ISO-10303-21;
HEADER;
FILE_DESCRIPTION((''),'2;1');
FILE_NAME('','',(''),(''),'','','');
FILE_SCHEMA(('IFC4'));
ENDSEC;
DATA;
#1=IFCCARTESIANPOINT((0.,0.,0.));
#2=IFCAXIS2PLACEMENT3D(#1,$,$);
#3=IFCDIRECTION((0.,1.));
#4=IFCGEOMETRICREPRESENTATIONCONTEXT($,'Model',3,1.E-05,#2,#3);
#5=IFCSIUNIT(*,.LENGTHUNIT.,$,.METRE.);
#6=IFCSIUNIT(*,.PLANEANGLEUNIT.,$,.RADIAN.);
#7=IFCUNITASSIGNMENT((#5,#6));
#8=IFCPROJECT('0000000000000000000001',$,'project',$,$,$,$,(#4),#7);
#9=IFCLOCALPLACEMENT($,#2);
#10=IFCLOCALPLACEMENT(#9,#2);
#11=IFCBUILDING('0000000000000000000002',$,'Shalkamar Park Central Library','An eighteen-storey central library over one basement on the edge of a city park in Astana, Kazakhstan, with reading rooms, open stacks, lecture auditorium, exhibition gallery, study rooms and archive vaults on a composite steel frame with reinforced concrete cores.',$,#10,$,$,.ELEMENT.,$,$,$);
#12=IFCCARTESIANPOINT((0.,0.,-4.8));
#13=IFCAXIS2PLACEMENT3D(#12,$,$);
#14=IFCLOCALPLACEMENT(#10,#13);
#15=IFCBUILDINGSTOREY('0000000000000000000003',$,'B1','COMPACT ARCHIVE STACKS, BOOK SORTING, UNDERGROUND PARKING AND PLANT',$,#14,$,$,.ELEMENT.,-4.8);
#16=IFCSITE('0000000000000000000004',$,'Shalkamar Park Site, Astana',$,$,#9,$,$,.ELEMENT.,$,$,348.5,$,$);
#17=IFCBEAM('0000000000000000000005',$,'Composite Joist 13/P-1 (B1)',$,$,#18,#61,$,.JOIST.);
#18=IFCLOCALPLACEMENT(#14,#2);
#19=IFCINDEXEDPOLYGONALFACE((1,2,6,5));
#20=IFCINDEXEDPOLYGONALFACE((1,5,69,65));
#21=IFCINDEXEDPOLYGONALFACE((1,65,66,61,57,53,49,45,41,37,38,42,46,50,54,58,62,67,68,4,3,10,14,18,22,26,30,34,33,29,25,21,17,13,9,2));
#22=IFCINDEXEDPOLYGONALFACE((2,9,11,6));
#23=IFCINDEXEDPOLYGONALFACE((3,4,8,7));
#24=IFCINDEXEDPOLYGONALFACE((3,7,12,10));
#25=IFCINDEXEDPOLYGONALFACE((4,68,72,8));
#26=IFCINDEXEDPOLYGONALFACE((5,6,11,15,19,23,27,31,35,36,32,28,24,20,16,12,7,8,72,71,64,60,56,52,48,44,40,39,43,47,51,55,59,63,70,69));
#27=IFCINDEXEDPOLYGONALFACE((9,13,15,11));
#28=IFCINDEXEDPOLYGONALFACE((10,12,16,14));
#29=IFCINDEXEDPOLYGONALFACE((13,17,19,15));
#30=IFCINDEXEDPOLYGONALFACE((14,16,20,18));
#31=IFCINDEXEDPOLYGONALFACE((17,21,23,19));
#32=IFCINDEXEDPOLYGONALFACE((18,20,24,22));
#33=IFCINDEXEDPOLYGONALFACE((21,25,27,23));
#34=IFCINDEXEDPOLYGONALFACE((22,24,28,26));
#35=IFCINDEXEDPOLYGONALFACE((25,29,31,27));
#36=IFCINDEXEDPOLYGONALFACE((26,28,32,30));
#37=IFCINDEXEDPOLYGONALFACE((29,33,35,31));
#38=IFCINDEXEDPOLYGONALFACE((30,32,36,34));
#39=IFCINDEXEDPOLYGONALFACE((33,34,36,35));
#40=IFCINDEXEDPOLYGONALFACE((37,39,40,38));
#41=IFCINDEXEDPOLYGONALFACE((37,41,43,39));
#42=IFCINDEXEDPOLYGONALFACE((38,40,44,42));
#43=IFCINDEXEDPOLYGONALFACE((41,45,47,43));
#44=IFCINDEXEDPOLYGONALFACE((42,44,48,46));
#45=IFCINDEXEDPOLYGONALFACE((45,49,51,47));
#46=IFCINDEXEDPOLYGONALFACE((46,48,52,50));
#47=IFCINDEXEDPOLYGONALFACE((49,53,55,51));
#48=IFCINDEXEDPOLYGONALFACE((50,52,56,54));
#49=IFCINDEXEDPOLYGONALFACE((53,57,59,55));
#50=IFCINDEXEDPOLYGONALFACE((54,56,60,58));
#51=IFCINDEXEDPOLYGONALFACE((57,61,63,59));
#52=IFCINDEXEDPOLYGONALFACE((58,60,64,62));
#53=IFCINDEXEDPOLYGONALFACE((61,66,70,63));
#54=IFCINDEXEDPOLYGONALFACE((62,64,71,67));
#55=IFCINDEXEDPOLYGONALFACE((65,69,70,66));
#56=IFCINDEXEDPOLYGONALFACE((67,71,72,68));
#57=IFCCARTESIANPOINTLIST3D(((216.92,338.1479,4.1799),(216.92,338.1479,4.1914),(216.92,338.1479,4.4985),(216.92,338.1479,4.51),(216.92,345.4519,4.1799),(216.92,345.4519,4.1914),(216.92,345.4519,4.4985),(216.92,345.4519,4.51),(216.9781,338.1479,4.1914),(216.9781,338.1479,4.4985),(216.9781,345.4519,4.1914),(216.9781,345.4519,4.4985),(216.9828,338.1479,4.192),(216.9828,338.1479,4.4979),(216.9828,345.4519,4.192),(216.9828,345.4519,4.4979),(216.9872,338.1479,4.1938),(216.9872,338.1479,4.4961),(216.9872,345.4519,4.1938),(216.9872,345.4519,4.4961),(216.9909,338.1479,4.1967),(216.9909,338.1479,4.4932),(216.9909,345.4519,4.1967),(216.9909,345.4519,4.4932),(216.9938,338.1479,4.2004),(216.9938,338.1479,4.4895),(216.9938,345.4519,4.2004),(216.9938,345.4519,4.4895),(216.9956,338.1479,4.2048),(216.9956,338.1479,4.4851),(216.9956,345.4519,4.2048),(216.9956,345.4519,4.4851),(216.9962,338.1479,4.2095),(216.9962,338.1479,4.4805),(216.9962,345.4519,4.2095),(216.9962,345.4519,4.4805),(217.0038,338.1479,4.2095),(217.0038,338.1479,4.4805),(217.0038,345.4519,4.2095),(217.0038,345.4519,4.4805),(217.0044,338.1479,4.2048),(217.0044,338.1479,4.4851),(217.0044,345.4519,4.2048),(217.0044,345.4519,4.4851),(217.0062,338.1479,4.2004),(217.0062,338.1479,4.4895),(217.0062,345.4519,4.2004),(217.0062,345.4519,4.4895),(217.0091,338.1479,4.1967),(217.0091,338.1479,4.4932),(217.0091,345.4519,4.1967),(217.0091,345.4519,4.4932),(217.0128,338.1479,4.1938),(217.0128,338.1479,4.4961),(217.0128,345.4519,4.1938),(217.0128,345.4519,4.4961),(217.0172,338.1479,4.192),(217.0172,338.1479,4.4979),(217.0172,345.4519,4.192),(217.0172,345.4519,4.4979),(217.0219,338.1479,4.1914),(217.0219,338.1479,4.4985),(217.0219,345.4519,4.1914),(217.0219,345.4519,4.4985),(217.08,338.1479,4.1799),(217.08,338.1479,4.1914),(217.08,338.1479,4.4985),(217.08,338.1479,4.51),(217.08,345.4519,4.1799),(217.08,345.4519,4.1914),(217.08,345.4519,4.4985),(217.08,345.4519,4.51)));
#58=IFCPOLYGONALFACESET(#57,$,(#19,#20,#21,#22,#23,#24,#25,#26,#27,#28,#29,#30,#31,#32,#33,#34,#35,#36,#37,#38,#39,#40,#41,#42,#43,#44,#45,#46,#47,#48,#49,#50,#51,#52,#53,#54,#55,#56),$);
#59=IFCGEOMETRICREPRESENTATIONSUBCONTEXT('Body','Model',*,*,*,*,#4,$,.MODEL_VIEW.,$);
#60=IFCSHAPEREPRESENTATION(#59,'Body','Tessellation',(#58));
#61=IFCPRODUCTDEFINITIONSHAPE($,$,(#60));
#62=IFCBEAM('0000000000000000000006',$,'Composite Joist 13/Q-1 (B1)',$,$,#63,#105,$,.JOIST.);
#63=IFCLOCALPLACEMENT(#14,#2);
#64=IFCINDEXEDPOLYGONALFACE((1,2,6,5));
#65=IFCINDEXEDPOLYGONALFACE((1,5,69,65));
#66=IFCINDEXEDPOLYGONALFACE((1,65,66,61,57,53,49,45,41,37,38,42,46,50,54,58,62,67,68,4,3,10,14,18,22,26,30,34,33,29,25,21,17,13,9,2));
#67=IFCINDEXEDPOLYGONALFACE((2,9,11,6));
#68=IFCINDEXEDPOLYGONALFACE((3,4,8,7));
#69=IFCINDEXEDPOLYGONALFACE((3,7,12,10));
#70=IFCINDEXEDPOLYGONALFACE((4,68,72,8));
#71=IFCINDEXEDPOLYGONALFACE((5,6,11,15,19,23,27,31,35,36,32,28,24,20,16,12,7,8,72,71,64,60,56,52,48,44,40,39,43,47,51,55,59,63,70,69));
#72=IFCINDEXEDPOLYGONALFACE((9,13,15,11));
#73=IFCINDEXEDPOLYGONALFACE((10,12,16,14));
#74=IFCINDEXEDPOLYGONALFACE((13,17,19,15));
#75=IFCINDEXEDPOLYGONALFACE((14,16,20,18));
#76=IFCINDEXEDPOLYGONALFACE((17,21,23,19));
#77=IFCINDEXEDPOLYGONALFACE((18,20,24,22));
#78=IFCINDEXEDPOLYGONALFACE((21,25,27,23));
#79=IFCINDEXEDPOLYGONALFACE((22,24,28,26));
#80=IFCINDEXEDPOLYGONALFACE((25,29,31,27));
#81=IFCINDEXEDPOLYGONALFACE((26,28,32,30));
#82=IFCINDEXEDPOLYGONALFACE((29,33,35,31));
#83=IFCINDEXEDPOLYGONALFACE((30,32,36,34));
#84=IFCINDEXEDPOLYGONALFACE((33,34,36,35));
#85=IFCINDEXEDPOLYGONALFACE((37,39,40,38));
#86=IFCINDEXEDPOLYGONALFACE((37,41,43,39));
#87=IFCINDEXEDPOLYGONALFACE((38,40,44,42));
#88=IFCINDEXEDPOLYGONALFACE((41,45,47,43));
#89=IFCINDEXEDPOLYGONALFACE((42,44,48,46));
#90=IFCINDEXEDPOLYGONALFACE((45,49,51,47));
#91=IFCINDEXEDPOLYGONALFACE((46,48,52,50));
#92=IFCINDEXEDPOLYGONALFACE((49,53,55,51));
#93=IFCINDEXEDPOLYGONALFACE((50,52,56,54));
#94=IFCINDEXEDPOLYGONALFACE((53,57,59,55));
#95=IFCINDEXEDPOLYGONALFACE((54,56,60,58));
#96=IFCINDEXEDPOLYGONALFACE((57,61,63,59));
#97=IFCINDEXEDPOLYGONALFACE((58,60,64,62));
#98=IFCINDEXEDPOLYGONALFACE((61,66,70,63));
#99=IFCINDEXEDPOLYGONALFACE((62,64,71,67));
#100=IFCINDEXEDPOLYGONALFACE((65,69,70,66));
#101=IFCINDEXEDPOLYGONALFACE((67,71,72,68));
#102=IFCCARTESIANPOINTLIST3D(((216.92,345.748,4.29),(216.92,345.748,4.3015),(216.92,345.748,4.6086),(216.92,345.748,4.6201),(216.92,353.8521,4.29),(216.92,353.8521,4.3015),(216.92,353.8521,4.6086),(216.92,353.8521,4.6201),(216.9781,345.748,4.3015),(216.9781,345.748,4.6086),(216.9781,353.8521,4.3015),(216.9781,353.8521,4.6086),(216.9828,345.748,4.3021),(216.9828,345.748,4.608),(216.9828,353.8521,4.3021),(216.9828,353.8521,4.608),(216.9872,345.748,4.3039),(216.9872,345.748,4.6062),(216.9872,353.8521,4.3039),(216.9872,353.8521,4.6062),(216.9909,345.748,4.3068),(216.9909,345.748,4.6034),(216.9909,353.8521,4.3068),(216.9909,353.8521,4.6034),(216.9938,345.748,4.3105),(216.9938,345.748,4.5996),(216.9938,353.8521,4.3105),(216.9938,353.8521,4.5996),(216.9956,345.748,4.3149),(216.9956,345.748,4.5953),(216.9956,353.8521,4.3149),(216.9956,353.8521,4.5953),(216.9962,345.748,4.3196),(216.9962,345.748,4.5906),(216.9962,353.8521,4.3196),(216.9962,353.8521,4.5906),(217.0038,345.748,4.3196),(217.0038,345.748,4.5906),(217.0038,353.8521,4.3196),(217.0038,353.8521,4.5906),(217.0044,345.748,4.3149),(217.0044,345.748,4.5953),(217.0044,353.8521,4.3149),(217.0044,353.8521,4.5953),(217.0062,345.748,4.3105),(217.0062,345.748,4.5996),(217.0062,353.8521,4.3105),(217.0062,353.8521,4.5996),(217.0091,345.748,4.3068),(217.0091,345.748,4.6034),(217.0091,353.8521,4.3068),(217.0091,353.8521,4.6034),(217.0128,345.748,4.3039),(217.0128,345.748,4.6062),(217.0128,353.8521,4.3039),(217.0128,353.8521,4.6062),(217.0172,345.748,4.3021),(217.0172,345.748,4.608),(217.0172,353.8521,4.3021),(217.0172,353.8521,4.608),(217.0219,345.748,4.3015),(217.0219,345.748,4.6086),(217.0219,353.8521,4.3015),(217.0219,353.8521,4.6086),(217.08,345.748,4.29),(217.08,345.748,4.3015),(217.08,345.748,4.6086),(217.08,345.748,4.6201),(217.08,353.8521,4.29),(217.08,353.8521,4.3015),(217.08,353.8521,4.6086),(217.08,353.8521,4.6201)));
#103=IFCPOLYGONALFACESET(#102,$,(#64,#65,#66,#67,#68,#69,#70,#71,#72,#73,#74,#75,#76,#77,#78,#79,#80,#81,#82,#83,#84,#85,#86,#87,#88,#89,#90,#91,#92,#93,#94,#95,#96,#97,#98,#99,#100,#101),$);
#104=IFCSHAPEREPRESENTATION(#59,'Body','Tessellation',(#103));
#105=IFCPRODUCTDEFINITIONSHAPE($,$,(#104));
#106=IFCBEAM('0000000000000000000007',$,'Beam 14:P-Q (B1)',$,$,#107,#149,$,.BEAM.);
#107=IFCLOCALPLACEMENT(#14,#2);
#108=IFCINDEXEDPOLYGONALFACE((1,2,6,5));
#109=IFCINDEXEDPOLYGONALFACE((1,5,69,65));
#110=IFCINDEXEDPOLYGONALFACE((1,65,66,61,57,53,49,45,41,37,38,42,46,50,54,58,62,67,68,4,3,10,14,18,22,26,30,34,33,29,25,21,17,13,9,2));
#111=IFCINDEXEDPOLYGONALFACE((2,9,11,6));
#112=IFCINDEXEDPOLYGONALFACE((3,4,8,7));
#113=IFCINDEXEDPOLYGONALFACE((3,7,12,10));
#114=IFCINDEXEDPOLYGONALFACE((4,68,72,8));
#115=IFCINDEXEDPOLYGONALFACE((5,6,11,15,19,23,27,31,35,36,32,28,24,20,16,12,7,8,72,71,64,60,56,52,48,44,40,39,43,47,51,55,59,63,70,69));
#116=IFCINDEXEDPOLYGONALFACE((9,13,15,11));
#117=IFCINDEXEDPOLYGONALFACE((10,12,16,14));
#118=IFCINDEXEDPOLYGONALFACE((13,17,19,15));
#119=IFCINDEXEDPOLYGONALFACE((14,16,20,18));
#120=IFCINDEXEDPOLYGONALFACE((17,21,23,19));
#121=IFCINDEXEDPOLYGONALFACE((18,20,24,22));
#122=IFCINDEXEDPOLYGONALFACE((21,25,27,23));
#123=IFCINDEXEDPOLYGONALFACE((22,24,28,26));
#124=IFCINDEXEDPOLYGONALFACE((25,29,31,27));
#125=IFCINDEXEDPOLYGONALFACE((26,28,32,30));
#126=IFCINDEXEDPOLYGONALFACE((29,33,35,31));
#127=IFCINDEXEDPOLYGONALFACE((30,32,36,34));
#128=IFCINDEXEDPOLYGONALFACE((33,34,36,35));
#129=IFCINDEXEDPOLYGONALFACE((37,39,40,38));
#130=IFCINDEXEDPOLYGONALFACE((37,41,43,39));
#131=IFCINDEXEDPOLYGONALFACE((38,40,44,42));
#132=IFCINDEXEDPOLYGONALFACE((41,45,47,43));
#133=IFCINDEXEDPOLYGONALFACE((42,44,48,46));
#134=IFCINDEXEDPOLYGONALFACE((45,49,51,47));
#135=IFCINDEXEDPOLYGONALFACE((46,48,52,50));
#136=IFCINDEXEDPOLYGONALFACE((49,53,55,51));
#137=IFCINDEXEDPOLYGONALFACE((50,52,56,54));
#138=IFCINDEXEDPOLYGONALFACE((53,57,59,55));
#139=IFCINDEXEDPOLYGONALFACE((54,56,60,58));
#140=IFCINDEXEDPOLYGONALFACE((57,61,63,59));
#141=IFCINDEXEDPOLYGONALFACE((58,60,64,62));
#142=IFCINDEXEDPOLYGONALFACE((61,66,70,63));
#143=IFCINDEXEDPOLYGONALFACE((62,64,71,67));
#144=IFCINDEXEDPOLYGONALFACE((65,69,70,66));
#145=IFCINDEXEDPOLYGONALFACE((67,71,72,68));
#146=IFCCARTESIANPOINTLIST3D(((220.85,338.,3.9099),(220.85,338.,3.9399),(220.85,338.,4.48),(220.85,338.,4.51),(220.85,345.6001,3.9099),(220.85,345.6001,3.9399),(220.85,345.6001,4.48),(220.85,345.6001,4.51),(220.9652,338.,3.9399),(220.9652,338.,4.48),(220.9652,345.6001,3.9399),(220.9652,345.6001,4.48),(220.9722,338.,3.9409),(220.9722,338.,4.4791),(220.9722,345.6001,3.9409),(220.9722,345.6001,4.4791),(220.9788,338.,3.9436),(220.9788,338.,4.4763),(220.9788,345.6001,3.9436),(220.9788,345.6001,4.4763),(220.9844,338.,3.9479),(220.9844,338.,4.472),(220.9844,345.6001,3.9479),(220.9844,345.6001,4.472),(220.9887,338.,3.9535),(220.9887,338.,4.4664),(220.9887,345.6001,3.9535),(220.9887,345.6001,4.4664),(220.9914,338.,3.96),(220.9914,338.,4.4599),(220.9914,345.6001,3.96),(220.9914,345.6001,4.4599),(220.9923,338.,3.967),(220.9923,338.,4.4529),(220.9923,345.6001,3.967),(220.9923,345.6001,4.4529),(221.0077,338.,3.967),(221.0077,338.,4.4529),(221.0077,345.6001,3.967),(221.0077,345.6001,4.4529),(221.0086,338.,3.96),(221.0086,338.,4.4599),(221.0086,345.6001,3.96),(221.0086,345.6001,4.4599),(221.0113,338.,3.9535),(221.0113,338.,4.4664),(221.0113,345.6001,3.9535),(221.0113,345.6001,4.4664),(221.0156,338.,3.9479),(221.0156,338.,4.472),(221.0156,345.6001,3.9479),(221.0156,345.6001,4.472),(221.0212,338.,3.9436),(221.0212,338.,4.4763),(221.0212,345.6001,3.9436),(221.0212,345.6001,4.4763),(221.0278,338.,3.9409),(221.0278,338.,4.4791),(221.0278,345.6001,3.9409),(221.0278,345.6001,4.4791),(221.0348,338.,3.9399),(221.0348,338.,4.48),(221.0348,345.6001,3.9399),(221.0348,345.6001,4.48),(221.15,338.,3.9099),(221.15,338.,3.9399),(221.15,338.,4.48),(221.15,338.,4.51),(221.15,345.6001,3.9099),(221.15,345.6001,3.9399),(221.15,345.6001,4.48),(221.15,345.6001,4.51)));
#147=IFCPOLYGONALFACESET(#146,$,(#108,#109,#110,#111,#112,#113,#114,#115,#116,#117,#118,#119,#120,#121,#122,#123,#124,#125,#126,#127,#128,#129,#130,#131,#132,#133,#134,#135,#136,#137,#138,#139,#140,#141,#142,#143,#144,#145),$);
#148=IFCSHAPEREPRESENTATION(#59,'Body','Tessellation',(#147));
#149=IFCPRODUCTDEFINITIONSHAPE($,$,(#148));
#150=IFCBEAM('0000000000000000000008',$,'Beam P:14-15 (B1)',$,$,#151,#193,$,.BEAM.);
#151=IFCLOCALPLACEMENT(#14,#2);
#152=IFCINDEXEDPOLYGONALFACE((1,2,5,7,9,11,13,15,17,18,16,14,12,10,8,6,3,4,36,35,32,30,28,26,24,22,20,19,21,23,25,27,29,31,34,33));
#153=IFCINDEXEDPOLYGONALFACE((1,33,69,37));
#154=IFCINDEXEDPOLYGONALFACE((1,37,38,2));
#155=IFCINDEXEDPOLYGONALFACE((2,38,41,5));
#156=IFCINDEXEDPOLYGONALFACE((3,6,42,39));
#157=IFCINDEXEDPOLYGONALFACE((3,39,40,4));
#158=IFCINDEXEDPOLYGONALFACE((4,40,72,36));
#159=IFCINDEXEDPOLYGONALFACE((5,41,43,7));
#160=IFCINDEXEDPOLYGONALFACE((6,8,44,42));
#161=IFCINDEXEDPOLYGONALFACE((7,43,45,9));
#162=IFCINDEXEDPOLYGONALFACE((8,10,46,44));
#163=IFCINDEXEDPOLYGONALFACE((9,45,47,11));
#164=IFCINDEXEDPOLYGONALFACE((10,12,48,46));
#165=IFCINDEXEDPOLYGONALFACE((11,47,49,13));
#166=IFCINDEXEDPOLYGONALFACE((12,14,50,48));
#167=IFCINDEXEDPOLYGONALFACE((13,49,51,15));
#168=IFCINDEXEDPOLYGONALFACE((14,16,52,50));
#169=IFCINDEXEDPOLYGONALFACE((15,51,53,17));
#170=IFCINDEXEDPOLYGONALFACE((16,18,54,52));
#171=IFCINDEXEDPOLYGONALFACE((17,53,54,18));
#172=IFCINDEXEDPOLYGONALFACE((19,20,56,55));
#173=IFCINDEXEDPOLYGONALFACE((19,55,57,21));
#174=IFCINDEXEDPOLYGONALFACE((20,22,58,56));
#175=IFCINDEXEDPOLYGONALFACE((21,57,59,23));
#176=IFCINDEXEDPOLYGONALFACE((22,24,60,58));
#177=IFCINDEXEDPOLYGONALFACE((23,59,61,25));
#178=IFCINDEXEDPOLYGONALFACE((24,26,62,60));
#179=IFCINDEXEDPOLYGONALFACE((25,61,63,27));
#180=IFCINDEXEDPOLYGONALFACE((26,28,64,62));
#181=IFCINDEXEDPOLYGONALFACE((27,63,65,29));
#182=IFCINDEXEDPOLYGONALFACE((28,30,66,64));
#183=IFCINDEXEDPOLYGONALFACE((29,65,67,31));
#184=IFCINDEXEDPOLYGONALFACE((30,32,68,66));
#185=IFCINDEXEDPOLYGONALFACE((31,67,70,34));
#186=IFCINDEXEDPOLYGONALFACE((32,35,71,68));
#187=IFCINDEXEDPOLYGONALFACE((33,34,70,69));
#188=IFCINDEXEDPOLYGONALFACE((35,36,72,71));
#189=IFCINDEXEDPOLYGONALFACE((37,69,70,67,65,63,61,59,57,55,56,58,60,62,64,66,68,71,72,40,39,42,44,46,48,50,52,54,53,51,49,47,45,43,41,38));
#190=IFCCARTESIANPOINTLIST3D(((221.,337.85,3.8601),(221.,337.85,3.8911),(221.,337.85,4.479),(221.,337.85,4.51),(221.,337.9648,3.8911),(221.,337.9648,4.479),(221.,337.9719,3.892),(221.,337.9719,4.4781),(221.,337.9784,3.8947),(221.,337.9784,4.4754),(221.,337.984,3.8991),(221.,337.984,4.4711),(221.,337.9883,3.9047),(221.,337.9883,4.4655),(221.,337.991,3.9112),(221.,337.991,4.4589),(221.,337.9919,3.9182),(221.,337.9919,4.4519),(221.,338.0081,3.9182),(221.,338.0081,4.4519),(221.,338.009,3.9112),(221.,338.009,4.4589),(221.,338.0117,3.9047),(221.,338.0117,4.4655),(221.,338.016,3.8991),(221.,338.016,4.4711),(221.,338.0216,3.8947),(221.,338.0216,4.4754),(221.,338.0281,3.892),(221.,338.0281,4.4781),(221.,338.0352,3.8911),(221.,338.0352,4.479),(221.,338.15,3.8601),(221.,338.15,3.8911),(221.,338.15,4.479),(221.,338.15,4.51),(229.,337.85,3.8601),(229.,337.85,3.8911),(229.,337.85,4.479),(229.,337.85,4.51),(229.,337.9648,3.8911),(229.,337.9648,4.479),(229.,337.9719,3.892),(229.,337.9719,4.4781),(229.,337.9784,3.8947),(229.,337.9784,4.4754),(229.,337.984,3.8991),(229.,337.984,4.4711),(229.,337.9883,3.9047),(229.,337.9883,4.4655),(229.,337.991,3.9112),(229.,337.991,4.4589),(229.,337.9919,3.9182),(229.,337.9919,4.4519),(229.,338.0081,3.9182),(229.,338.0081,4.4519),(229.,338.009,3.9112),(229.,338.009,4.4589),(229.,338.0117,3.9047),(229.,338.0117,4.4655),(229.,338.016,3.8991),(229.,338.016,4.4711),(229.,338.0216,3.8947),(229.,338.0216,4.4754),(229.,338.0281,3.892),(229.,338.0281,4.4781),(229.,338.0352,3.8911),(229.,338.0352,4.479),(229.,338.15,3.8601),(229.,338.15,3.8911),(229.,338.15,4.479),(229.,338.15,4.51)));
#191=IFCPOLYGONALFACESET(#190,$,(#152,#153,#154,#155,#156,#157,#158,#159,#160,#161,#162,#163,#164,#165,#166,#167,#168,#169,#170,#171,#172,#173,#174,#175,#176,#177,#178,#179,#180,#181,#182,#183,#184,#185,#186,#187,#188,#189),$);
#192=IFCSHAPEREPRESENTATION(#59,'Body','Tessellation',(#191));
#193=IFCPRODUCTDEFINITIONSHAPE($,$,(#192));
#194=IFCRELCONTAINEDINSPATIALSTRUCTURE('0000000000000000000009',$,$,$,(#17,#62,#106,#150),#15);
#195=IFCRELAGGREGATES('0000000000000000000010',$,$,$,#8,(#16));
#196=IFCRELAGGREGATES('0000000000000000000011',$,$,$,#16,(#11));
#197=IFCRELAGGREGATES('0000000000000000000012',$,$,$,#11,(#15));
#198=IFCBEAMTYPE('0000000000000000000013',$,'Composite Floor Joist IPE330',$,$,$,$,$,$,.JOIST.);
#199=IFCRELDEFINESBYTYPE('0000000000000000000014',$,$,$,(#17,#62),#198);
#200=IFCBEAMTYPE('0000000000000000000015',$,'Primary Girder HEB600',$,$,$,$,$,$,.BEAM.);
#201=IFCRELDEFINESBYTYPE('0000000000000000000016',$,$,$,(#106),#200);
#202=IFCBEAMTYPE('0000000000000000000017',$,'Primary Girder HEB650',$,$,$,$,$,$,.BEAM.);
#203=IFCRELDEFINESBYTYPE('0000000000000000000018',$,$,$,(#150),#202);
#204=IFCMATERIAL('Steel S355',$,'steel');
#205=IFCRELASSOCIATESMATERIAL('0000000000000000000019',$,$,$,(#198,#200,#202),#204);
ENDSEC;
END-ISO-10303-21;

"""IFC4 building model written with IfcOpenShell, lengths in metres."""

from ifc_helpers import new_model, si_unit, direction, frame, origin, origin_2d, place, context, subcontext, project, spatial, i_section, extrude, material, material_profile, profile_set, type_object, element, save


model = new_model("IFC4")

# Units and contexts
model_context = context("Model", 3, precision=1e-05, world=origin(), true_north=direction((0.0, 1.0)))
body_context = subcontext(model_context, "Body", "Model", "MODEL_VIEW")
ifc_project = project(units=[si_unit("LENGTHUNIT", "METRE"), si_unit("PLANEANGLEUNIT", "RADIAN")], contexts=[model_context])

# Site, building, storey
site_placement = place(None, origin())
site = spatial("IfcSite", under=ifc_project, at=site_placement, Name="Shalkamar Park Site, Astana", CompositionType="ELEMENT", RefElevation=348.5)
building_placement = place(site_placement, origin())
building = spatial("IfcBuilding", under=site, at=building_placement, Name="Shalkamar Park Central Library", Description="An eighteen-storey central library over one basement on the edge of a city park in Astana, Kazakhstan, with reading rooms, open stacks, lecture auditorium, exhibition gallery, study rooms and archive vaults on a composite steel frame with reinforced concrete cores.", CompositionType="ELEMENT")
storey_placement = place(building_placement, frame((0.0, 0.0, -4.8)))
storey = spatial("IfcBuildingStorey", under=building, at=storey_placement, Name="B1", Description="COMPACT ARCHIVE STACKS, BOOK SORTING, UNDERGROUND PARKING AND PLANT", CompositionType="ELEMENT", Elevation=-4.8)

# Shared definitions
ifc_material_1 = material(Name="Steel S355", Category="steel")

# Beams
ifc_material_profile_1 = material_profile(ifc_material_1, i_section(OverallWidth=0.1599, OverallDepth=0.3301, WebThickness=0.0076, FlangeThickness=0.0115, FilletRadius=0.0181, at=origin_2d()), Name="IPE 330")
ifc_profile_set_1 = profile_set([ifc_material_profile_1], Name="Steel S355")
beam_type_1 = type_object("IfcBeamType", Name="Composite Floor Joist IPE330", PredefinedType="JOIST", material=ifc_profile_set_1)
beam_1_placement = place(storey_placement, frame((217.0, 338.1479, 4.345), z_axis=(0.0, 1.0, 0.0), x_axis=(-1.0, 0.0, 0.0)))
element("IfcBeam", 1, at=beam_1_placement, inside=storey, type_object=beam_type_1, Name="Composite Joist 13/P-1 (B1)", PredefinedType="JOIST", context=body_context, shape_type="SweptSolid", body=[
    extrude(i_section(OverallWidth=0.1599, OverallDepth=0.3301, WebThickness=0.0076, FlangeThickness=0.0115, FilletRadius=0.0181, at=origin_2d()), origin(), (0.0, 0.0, 1.0), 7.304),
])
beam_2_placement = place(storey_placement, frame((217.0, 345.748, 4.4551), z_axis=(0.0, 1.0, 0.0), x_axis=(-1.0, 0.0, 0.0)))
element("IfcBeam", 2, at=beam_2_placement, inside=storey, type_object=beam_type_1, Name="Composite Joist 13/Q-1 (B1)", PredefinedType="JOIST", context=body_context, shape_type="SweptSolid", body=[
    extrude(i_section(OverallWidth=0.1599, OverallDepth=0.3301, WebThickness=0.0076, FlangeThickness=0.0115, FilletRadius=0.0181, at=origin_2d()), origin(), (0.0, 0.0, 1.0), 8.104),
])
ifc_material_profile_2 = material_profile(ifc_material_1, i_section(OverallWidth=0.3, OverallDepth=0.6001, WebThickness=0.0154, FlangeThickness=0.03, FilletRadius=0.0271, at=origin_2d()), Name="HEB 600")
ifc_profile_set_2 = profile_set([ifc_material_profile_2], Name="Steel S355")
beam_type_2 = type_object("IfcBeamType", Name="Primary Girder HEB600", PredefinedType="BEAM", material=ifc_profile_set_2)
beam_3_placement = place(storey_placement, frame((221.0, 338.0, 4.21), z_axis=(0.0, 1.0, 0.0), x_axis=(-1.0, 0.0, 0.0)))
element("IfcBeam", 3, at=beam_3_placement, inside=storey, type_object=beam_type_2, Name="Beam 14:P-Q (B1)", PredefinedType="BEAM", context=body_context, shape_type="SweptSolid", body=[
    extrude(i_section(OverallWidth=0.3, OverallDepth=0.6001, WebThickness=0.0154, FlangeThickness=0.03, FilletRadius=0.0271, at=origin_2d()), origin(), (0.0, 0.0, 1.0), 7.6001),
])
ifc_material_profile_3 = material_profile(ifc_material_1, i_section(OverallWidth=0.3, OverallDepth=0.6499, WebThickness=0.0161, FlangeThickness=0.031, FilletRadius=0.0271, at=origin_2d()), Name="HEB 650")
ifc_profile_set_3 = profile_set([ifc_material_profile_3], Name="Steel S355")
beam_type_3 = type_object("IfcBeamType", Name="Primary Girder HEB650", PredefinedType="BEAM", material=ifc_profile_set_3)
for number, where, z_axis, x_axis, name in (
    (4, (221.0, 338.0, 4.1851), (1.0, 0.0, 0.0), (0.0, 1.0, 0.0), "Beam P:14-15 (B1)"),
):
    element("IfcBeam", number, at=place(storey_placement, frame(where, z_axis=z_axis, x_axis=x_axis)), inside=storey, type_object=beam_type_3, Name=name, PredefinedType="BEAM", context=body_context, shape_type="SweptSolid", body=[
        extrude(i_section(OverallWidth=0.3, OverallDepth=0.6499, WebThickness=0.0161, FlangeThickness=0.031, FilletRadius=0.0271, at=origin_2d()), origin(), (0.0, 0.0, 1.0), 8.0),
    ])

save(model, "model.ifc")
